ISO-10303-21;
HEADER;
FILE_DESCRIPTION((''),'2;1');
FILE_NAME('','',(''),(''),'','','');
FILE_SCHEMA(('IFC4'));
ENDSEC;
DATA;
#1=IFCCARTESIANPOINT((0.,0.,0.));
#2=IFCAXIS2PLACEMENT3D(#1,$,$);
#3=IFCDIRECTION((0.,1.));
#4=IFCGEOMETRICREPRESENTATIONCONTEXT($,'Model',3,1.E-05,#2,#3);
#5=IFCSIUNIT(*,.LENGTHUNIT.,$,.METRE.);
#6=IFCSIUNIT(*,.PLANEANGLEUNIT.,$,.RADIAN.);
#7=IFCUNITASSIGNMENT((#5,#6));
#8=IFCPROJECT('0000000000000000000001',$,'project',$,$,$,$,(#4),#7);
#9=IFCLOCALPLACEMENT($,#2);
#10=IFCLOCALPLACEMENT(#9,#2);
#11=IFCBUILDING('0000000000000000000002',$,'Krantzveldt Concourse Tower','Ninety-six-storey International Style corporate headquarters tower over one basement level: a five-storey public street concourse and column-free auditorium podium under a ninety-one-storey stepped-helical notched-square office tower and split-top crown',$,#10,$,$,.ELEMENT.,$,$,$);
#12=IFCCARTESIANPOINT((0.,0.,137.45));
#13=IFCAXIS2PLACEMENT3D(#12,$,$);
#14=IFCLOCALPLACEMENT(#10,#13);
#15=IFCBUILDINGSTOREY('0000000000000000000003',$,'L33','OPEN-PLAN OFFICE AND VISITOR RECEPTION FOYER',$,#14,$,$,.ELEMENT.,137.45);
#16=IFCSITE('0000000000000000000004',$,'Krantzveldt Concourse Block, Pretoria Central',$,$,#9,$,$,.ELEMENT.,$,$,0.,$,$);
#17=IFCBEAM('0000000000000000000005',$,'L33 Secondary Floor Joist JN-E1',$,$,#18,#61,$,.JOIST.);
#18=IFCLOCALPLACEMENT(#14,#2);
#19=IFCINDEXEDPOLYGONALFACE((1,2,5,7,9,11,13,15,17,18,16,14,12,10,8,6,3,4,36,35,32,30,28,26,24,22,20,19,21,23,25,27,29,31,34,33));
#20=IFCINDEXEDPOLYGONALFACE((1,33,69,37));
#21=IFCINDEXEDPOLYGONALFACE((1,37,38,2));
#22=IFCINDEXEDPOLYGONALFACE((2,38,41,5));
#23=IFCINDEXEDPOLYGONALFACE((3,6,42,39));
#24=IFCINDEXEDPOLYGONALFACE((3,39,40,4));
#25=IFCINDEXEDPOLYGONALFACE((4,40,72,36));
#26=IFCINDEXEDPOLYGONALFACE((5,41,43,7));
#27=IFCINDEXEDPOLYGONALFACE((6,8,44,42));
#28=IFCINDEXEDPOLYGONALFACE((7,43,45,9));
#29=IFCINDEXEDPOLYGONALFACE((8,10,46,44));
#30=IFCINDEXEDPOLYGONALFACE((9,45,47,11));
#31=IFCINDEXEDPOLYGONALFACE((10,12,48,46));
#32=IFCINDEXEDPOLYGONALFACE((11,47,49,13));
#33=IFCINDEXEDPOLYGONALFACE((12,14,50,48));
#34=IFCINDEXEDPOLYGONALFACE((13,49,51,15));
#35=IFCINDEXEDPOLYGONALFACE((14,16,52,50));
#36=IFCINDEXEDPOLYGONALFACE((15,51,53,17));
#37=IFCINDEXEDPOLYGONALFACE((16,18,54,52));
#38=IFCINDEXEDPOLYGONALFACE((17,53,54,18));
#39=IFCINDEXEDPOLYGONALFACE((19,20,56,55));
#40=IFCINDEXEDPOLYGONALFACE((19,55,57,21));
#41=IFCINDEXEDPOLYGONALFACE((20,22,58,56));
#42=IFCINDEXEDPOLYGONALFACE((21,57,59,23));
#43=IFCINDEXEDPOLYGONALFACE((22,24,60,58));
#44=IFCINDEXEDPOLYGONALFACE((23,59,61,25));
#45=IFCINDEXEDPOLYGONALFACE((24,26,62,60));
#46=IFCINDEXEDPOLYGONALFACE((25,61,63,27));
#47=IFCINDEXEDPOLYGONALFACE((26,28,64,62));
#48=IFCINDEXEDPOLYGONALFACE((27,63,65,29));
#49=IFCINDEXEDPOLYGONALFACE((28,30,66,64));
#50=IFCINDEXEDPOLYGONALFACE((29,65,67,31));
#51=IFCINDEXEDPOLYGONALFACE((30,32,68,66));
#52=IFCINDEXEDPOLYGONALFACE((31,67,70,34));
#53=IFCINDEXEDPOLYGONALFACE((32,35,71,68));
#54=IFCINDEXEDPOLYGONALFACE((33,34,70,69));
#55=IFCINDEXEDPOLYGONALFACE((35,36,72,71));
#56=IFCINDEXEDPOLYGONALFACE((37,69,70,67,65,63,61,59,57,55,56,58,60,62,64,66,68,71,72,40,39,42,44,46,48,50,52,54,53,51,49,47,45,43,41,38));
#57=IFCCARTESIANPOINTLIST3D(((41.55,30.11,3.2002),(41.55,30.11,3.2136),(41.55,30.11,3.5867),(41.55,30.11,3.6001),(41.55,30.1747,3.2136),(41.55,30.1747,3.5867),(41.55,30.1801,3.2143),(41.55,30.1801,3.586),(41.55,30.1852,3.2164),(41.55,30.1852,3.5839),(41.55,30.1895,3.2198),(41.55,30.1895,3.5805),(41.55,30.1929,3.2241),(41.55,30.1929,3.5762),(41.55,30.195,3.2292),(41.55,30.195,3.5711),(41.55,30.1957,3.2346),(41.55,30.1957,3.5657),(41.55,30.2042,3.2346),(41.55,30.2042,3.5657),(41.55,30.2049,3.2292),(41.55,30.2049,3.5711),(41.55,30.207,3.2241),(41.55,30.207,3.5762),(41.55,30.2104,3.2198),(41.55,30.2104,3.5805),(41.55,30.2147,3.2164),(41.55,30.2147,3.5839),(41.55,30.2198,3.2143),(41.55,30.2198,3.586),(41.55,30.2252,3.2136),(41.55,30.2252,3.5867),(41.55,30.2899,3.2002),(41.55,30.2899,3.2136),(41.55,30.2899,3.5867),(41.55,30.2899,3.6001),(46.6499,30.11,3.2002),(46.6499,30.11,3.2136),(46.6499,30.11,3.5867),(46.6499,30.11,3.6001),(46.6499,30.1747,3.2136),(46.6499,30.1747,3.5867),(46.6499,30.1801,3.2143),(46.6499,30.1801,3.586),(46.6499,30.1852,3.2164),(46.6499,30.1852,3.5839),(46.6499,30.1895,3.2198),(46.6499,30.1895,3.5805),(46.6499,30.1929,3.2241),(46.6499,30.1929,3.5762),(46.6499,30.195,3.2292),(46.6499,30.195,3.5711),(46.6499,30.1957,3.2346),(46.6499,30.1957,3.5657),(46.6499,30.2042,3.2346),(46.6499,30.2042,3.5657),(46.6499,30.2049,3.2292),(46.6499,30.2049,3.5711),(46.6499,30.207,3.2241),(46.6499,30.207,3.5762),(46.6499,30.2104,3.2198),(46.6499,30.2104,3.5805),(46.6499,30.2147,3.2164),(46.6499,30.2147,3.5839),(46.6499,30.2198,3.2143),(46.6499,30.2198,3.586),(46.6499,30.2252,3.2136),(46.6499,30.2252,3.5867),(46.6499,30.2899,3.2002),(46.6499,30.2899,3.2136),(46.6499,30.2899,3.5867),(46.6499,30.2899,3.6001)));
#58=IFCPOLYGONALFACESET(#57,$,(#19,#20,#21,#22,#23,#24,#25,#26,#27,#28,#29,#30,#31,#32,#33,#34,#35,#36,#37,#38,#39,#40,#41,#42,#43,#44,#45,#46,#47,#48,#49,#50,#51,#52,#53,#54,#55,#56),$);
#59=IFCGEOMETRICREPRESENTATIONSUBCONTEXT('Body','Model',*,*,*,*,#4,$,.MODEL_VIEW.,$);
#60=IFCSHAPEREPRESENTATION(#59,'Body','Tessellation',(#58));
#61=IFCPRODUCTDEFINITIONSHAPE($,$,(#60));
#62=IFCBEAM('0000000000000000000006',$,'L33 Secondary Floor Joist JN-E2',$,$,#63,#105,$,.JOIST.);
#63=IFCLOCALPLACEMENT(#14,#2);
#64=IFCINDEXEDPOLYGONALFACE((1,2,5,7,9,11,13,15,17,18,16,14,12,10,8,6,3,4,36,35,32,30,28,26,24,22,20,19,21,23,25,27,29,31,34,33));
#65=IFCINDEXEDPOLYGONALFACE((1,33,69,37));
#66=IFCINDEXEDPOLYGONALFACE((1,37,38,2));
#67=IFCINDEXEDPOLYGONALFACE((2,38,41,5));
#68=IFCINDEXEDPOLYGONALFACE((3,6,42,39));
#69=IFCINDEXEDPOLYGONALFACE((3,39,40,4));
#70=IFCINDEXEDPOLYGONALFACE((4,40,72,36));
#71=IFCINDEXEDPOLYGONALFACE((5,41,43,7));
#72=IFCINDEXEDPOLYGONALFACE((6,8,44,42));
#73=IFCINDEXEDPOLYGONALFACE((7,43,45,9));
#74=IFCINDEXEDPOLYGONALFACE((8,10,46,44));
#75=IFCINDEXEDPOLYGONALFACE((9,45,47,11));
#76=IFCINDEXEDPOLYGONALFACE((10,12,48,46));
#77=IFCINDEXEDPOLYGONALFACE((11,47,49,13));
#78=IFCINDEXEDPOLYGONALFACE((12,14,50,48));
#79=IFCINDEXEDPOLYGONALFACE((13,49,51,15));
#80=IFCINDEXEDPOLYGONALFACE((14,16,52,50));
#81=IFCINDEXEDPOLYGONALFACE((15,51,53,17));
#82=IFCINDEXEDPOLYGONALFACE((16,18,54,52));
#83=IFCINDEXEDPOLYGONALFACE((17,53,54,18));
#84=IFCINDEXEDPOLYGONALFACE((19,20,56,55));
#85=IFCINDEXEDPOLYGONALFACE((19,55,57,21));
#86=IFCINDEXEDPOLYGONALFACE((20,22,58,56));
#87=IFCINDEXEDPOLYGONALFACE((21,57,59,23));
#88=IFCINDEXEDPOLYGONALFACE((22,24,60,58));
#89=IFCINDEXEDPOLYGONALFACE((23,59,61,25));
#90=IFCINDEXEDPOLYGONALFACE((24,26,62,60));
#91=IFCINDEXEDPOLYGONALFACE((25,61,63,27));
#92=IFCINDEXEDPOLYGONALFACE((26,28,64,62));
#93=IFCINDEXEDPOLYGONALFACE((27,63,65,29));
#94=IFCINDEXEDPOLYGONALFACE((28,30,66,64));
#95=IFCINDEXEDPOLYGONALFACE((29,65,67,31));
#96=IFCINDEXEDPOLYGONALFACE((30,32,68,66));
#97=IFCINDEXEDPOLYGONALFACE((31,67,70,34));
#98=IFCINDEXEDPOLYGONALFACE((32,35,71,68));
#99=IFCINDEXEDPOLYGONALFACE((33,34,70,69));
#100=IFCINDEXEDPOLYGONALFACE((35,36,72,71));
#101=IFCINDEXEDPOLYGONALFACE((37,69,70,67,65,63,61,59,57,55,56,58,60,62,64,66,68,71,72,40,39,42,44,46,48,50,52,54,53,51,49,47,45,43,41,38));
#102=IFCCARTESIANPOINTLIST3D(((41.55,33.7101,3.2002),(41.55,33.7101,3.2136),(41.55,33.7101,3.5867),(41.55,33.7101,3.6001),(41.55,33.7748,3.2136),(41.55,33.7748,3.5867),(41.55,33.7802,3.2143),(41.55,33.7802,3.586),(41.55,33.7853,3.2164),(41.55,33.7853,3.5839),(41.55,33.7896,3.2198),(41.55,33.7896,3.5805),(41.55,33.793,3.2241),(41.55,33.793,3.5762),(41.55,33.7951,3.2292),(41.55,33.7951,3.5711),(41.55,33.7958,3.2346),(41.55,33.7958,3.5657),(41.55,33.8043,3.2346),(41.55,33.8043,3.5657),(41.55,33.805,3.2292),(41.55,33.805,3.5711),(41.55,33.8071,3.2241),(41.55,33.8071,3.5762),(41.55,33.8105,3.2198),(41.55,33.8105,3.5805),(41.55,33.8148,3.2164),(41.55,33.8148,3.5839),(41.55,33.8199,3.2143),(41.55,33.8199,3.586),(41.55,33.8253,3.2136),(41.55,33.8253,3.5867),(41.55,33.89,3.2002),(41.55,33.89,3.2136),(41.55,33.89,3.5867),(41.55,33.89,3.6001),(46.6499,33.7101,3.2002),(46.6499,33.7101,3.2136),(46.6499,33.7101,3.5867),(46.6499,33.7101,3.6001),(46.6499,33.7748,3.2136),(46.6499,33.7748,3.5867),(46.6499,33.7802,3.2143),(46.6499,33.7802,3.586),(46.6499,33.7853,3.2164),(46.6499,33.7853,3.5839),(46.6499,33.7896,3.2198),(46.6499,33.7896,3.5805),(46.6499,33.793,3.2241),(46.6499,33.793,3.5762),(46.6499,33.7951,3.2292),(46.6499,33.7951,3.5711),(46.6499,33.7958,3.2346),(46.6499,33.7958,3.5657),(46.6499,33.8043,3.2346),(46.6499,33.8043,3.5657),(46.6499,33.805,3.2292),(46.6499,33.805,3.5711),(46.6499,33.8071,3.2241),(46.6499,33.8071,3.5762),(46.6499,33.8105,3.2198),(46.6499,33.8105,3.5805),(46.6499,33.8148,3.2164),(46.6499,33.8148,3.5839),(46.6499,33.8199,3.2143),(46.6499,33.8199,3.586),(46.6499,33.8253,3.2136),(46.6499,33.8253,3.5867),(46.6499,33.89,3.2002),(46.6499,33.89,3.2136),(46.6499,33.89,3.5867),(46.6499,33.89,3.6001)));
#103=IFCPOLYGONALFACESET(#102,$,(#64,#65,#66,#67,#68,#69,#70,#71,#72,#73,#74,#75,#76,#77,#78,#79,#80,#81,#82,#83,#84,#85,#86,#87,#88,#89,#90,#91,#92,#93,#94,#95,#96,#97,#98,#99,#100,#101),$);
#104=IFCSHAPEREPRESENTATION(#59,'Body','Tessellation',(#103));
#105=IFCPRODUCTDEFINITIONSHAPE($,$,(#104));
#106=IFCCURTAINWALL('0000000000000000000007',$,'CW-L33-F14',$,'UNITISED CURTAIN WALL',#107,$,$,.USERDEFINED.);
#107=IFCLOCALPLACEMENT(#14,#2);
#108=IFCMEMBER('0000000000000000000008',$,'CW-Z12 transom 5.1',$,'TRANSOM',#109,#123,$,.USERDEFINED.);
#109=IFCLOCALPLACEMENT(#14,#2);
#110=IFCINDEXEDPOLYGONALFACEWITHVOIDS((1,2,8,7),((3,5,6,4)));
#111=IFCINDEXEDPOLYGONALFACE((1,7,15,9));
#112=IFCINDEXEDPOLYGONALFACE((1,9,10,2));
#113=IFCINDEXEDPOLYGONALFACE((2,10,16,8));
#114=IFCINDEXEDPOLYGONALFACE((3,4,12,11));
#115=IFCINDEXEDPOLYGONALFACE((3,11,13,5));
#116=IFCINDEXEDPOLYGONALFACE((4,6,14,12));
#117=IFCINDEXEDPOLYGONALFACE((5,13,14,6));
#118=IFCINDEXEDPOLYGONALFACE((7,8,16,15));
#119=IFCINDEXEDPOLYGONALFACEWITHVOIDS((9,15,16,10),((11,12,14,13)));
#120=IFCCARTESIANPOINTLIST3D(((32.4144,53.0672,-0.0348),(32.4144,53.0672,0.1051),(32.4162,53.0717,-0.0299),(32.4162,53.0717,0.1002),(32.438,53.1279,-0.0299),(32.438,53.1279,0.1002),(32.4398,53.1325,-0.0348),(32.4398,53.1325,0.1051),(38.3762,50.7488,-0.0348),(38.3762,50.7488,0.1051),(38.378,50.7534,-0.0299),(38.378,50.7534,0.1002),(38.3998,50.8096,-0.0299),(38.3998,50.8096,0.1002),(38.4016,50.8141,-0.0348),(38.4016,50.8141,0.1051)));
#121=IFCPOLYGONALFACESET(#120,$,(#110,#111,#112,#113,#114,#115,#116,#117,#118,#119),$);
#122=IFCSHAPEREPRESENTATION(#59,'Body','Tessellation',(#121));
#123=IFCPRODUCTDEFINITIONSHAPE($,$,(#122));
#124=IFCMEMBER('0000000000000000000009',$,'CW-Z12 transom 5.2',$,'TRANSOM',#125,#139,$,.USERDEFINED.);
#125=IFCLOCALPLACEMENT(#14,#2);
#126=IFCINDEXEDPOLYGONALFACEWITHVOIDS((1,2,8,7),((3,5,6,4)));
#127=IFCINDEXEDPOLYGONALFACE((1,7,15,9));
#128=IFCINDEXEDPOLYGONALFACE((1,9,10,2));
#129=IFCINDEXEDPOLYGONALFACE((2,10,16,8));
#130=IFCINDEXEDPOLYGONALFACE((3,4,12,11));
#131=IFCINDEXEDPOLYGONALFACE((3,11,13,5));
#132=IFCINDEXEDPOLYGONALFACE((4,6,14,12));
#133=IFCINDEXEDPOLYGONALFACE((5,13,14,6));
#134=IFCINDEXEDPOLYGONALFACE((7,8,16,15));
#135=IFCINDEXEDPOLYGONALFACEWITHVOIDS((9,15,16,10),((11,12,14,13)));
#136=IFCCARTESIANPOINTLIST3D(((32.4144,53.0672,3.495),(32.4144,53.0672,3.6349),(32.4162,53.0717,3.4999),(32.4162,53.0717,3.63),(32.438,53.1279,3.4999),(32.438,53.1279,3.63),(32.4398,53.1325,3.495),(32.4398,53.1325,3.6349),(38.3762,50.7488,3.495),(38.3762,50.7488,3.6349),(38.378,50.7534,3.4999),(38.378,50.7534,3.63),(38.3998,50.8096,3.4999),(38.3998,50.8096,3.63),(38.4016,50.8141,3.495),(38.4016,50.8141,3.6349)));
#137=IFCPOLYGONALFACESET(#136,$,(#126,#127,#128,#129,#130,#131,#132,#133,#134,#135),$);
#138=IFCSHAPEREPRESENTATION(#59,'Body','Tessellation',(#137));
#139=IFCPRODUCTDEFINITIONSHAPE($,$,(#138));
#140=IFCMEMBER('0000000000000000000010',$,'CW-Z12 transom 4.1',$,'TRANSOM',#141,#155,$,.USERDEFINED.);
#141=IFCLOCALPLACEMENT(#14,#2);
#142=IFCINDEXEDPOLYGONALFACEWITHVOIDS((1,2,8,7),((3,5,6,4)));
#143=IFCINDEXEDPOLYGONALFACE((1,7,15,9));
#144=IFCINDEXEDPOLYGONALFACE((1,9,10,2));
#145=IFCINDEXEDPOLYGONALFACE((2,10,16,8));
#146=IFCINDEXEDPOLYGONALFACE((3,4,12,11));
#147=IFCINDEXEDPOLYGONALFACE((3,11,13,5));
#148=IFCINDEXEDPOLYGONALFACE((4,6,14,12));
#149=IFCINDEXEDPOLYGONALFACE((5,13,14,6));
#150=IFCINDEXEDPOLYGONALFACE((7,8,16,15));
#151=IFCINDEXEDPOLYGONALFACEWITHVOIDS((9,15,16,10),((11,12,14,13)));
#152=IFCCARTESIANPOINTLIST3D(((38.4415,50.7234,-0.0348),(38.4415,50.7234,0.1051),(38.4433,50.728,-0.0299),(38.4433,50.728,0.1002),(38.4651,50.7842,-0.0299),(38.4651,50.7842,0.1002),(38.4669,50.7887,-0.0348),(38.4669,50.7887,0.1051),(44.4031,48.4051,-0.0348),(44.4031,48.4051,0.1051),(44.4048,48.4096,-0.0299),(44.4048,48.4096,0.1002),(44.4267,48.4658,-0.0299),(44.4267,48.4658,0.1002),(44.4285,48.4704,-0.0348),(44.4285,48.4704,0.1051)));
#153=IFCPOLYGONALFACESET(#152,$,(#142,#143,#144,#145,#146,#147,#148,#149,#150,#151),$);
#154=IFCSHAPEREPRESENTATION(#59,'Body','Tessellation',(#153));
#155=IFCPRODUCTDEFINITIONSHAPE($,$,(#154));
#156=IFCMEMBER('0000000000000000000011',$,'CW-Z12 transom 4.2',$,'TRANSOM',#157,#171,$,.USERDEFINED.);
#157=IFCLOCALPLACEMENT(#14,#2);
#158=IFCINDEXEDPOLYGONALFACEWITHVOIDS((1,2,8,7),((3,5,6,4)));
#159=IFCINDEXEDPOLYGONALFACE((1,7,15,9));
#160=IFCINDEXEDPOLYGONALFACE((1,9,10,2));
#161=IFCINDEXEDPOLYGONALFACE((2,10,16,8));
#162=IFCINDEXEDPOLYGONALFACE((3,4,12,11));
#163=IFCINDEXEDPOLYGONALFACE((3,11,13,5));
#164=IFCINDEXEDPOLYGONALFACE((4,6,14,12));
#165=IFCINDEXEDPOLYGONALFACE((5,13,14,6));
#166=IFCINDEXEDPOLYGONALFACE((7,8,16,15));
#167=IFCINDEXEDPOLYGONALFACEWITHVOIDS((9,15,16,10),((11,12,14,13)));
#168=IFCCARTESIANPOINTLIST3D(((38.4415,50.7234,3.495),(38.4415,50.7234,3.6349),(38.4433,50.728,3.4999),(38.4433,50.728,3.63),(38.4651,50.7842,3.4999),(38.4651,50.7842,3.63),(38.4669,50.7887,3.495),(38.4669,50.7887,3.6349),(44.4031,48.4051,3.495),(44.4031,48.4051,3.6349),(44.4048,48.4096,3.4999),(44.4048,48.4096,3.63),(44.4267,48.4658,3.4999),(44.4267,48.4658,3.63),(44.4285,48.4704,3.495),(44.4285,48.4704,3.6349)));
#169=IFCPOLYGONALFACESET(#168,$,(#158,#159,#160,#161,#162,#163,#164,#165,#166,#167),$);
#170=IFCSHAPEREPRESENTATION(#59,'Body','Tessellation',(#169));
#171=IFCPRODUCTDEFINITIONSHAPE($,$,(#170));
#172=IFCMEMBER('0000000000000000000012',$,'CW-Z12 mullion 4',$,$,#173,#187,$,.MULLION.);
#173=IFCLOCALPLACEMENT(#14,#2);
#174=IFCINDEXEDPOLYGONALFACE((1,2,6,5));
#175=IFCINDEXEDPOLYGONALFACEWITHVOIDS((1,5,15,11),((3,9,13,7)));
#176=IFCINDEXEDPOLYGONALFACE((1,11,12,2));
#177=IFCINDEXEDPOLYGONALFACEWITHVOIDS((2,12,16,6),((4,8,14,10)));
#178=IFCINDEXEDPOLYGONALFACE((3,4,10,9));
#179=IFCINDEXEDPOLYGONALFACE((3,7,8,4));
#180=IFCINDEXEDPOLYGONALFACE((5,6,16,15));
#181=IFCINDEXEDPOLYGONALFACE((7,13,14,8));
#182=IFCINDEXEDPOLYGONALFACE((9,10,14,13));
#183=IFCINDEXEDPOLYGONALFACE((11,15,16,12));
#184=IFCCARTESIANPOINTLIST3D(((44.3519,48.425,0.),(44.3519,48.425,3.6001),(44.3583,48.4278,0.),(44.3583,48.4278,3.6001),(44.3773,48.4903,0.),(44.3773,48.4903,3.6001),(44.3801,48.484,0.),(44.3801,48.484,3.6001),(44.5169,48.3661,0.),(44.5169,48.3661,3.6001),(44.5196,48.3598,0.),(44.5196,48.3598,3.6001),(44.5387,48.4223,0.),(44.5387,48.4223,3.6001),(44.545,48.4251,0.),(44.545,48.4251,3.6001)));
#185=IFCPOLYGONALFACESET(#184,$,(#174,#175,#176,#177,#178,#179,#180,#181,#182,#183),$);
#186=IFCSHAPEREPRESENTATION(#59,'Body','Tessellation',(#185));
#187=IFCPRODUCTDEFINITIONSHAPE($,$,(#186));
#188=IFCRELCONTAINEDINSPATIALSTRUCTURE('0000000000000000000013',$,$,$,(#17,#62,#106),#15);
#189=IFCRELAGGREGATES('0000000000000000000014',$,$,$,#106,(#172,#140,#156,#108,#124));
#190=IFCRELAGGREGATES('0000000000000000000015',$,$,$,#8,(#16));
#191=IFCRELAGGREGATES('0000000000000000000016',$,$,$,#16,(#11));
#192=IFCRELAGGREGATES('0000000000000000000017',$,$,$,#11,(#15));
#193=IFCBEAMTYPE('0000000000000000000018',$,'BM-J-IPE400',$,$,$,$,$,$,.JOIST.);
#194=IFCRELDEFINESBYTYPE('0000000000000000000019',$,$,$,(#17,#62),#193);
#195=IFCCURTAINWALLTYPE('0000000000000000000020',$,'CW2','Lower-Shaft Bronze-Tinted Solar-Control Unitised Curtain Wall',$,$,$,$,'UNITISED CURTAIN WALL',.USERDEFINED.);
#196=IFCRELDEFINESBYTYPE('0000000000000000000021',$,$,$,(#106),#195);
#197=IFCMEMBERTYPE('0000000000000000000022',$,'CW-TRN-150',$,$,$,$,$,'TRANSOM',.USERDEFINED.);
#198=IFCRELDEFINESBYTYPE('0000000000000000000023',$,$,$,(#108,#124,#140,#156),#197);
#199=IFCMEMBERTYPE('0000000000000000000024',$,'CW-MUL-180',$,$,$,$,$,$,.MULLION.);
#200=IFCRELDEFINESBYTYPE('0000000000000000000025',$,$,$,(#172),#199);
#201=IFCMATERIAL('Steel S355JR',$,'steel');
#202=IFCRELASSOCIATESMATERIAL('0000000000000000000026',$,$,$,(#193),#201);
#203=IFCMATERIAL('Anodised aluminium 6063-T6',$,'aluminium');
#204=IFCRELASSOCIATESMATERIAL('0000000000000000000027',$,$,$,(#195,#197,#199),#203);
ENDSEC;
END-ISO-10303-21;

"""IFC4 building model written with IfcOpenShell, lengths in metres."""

from ifc_helpers import new_model, si_unit, direction, frame, origin, origin_2d, place, context, subcontext, project, spatial, hollow_rectangle, i_section, extrude, source, transform, mapped, material, material_profile, profile_set, type_object, type_shapes, element, aggregate, save


model = new_model("IFC4")

# Units and contexts
model_context = context("Model", 3, precision=1e-05, world=origin(), true_north=direction((0.0, 1.0)))
body_context = subcontext(model_context, "Body", "Model", "MODEL_VIEW")
ifc_project = project(units=[si_unit("LENGTHUNIT", "METRE"), si_unit("PLANEANGLEUNIT", "RADIAN")], contexts=[model_context])

# Site, building, storey
site_placement = place(None, origin())
site = spatial("IfcSite", under=ifc_project, at=site_placement, Name="Krantzveldt Concourse Block, Pretoria Central", CompositionType="ELEMENT", RefElevation=0.0)
building_placement = place(site_placement, origin())
building = spatial("IfcBuilding", under=site, at=building_placement, Name="Krantzveldt Concourse Tower", Description="Ninety-six-storey International Style corporate headquarters tower over one basement level: a five-storey public street concourse and column-free auditorium podium under a ninety-one-storey stepped-helical notched-square office tower and split-top crown", CompositionType="ELEMENT")
storey_placement = place(building_placement, frame((0.0, 0.0, 137.45)))
storey = spatial("IfcBuildingStorey", under=building, at=storey_placement, Name="L33", Description="OPEN-PLAN OFFICE AND VISITOR RECEPTION FOYER", CompositionType="ELEMENT", Elevation=137.45)

# Beams
ifc_material_1 = material(Name="Steel S355JR", Category="steel")
ifc_material_profile_1 = material_profile(ifc_material_1, i_section(OverallWidth=0.1799, OverallDepth=0.3999, WebThickness=0.0085, FlangeThickness=0.0134, FilletRadius=0.021, at=origin_2d()), Name="Steel S355JR", Category="steel")
ifc_profile_set_1 = profile_set([ifc_material_profile_1], Name="Steel S355JR - IPE 400")
beam_type_1 = type_object("IfcBeamType", Name="BM-J-IPE400", PredefinedType="JOIST", material=ifc_profile_set_1)
shared_shape_1 = source(origin(), body_context, "Body", "SweptSolid", [
    extrude(i_section(OverallWidth=0.1799, OverallDepth=0.3999, WebThickness=0.0085, FlangeThickness=0.0134, FilletRadius=0.021, at=origin_2d()), origin(), (0.0, 0.0, 1.0), 5.0999),
])
type_shapes(beam_type_1, [shared_shape_1])
for number, where, z_axis, x_axis, name in (
    (1, (41.55, 30.2, 3.4001), (1.0, 0.0, 0.0), (0.0, 1.0, 0.0), "L33 Secondary Floor Joist JN-E1"),
    (2, (41.55, 33.8, 3.4001), (1.0, 0.0, 0.0), (0.0, 1.0, 0.0), "L33 Secondary Floor Joist JN-E2"),
):
    element("IfcBeam", number, at=place(storey_placement, frame(where, z_axis=z_axis, x_axis=x_axis)), inside=storey, type_object=beam_type_1, Name=name, PredefinedType="JOIST", context=body_context, shape_type="MappedRepresentation", body=[
        mapped(shared_shape_1, transform((0.0, 0.0, 0.0), x_axis=(1.0, 0.0, 0.0), y_axis=(0.0, 1.0, 0.0), z_axis=(0.0, 0.0, 1.0), scale=1.0)),
    ])

# Curtain wall, members
ifc_material_2 = material(Name="Anodised aluminium 6063-T6", Category="aluminium")
curtain_wall_type = type_object("IfcCurtainWallType", Name="CW2", Description="Lower-Shaft Bronze-Tinted Solar-Control Unitised Curtain Wall", ElementType="UNITISED CURTAIN WALL", PredefinedType="USERDEFINED", material=ifc_material_2)
curtain_wall_placement = place(storey_placement, origin())
curtain_wall = element("IfcCurtainWall", 3, at=curtain_wall_placement, inside=storey, type_object=curtain_wall_type, Name="CW-L33-F14", ObjectType="UNITISED CURTAIN WALL", PredefinedType="USERDEFINED")
ifc_material_profile_2 = material_profile(ifc_material_2, hollow_rectangle(XDim=0.0701, YDim=0.1399, WallThickness=0.0049, at=origin_2d()), Name="Anodised aluminium 6063-T6", Category="aluminium")
ifc_profile_set_2 = profile_set([ifc_material_profile_2], Name="Anodised aluminium 6063-T6 - ALU-TRAN 140x70x5")
member_type_1 = type_object("IfcMemberType", Name="CW-TRN-150", ElementType="TRANSOM", PredefinedType="USERDEFINED", material=ifc_profile_set_2)
shared_shape_2 = source(origin(), body_context, "Body", "SweptSolid", [
    extrude(hollow_rectangle(XDim=0.0701, YDim=0.1399, WallThickness=0.0049, at=origin_2d()), origin(), (0.0, 0.0, 1.0), 6.3967),
])
member_1_placement = place(storey_placement, frame((38.3889, 50.7815, 0.0352), z_axis=(-0.932013, 0.362424, 0.0), x_axis=(-0.362424, -0.932013, 0.0)))
member_1 = element("IfcMember", 4, at=member_1_placement, type_object=member_type_1, Name="CW-Z12 transom 5.1", ObjectType="TRANSOM", PredefinedType="USERDEFINED", context=body_context, shape_type="MappedRepresentation", body=[
    mapped(shared_shape_2, transform((0.0, 0.0, 0.0), x_axis=(1.0, 0.0, 0.0), y_axis=(0.0, 1.0, 0.0), z_axis=(0.0, 0.0, 1.0), scale=1.0)),
])
member_2_placement = place(storey_placement, frame((38.3889, 50.7815, 3.5649), z_axis=(-0.932013, 0.362424, 0.0), x_axis=(-0.362424, -0.932013, 0.0)))
member_2 = element("IfcMember", 5, at=member_2_placement, type_object=member_type_1, Name="CW-Z12 transom 5.2", ObjectType="TRANSOM", PredefinedType="USERDEFINED", context=body_context, shape_type="MappedRepresentation", body=[
    mapped(shared_shape_2, transform((0.0, 0.0, 0.0), x_axis=(1.0, 0.0, 0.0), y_axis=(0.0, 1.0, 0.0), z_axis=(0.0, 0.0, 1.0), scale=1.0)),
])
shared_shape_3 = source(origin(), body_context, "Body", "SweptSolid", [
    extrude(hollow_rectangle(XDim=0.0701, YDim=0.1399, WallThickness=0.0049, at=origin_2d()), origin(), (0.0, 0.0, 1.0), 6.3965),
])
type_shapes(member_type_1, [shared_shape_2, shared_shape_3])
member_3_placement = place(storey_placement, frame((44.4158, 48.4377, 0.0352), z_axis=(-0.932008, 0.362437, 0.0), x_axis=(-0.362437, -0.932008, 0.0)))
member_3 = element("IfcMember", 6, at=member_3_placement, type_object=member_type_1, Name="CW-Z12 transom 4.1", ObjectType="TRANSOM", PredefinedType="USERDEFINED", context=body_context, shape_type="MappedRepresentation", body=[
    mapped(shared_shape_3, transform((0.0, 0.0, 0.0), x_axis=(1.0, 0.0, 0.0), y_axis=(0.0, 1.0, 0.0), z_axis=(0.0, 0.0, 1.0), scale=1.0)),
])
member_4_placement = place(storey_placement, frame((44.4158, 48.4377, 3.5649), z_axis=(-0.932008, 0.362437, 0.0), x_axis=(-0.362437, -0.932008, 0.0)))
member_4 = element("IfcMember", 7, at=member_4_placement, type_object=member_type_1, Name="CW-Z12 transom 4.2", ObjectType="TRANSOM", PredefinedType="USERDEFINED", context=body_context, shape_type="MappedRepresentation", body=[
    mapped(shared_shape_3, transform((0.0, 0.0, 0.0), x_axis=(1.0, 0.0, 0.0), y_axis=(0.0, 1.0, 0.0), z_axis=(0.0, 0.0, 1.0), scale=1.0)),
])
ifc_material_profile_3 = material_profile(ifc_material_2, hollow_rectangle(XDim=0.0701, YDim=0.1799, WallThickness=0.0049, at=origin_2d()), Name="Anodised aluminium 6063-T6", Category="aluminium")
ifc_profile_set_3 = profile_set([ifc_material_profile_3], Name="Anodised aluminium 6063-T6 - ALU-MULL 180x70x5")
member_type_2 = type_object("IfcMemberType", Name="CW-MUL-180", PredefinedType="MULLION", material=ifc_profile_set_3)
shared_shape_4 = source(origin(), body_context, "Body", "SweptSolid", [
    extrude(hollow_rectangle(XDim=0.0701, YDim=0.1799, WallThickness=0.0049, at=origin_2d()), origin(), (0.0, 0.0, 1.0), 3.6001),
])
type_shapes(member_type_2, [shared_shape_4])
member_5_placement = place(storey_placement, frame((44.4485, 48.425, 0.0), z_axis=(0.0, 0.0, 1.0), x_axis=(-0.362438, -0.932008, 0.0)))
member_5 = element("IfcMember", 8, at=member_5_placement, type_object=member_type_2, Name="CW-Z12 mullion 4", PredefinedType="MULLION", context=body_context, shape_type="MappedRepresentation", body=[
    mapped(shared_shape_4, transform((0.0, 0.0, 0.0), x_axis=(1.0, 0.0, 0.0), y_axis=(0.0, 1.0, 0.0), z_axis=(0.0, 0.0, 1.0), scale=1.0)),
])
aggregate(curtain_wall, [member_5, member_3, member_4, member_1, member_2])

save(model, "model.ifc")
